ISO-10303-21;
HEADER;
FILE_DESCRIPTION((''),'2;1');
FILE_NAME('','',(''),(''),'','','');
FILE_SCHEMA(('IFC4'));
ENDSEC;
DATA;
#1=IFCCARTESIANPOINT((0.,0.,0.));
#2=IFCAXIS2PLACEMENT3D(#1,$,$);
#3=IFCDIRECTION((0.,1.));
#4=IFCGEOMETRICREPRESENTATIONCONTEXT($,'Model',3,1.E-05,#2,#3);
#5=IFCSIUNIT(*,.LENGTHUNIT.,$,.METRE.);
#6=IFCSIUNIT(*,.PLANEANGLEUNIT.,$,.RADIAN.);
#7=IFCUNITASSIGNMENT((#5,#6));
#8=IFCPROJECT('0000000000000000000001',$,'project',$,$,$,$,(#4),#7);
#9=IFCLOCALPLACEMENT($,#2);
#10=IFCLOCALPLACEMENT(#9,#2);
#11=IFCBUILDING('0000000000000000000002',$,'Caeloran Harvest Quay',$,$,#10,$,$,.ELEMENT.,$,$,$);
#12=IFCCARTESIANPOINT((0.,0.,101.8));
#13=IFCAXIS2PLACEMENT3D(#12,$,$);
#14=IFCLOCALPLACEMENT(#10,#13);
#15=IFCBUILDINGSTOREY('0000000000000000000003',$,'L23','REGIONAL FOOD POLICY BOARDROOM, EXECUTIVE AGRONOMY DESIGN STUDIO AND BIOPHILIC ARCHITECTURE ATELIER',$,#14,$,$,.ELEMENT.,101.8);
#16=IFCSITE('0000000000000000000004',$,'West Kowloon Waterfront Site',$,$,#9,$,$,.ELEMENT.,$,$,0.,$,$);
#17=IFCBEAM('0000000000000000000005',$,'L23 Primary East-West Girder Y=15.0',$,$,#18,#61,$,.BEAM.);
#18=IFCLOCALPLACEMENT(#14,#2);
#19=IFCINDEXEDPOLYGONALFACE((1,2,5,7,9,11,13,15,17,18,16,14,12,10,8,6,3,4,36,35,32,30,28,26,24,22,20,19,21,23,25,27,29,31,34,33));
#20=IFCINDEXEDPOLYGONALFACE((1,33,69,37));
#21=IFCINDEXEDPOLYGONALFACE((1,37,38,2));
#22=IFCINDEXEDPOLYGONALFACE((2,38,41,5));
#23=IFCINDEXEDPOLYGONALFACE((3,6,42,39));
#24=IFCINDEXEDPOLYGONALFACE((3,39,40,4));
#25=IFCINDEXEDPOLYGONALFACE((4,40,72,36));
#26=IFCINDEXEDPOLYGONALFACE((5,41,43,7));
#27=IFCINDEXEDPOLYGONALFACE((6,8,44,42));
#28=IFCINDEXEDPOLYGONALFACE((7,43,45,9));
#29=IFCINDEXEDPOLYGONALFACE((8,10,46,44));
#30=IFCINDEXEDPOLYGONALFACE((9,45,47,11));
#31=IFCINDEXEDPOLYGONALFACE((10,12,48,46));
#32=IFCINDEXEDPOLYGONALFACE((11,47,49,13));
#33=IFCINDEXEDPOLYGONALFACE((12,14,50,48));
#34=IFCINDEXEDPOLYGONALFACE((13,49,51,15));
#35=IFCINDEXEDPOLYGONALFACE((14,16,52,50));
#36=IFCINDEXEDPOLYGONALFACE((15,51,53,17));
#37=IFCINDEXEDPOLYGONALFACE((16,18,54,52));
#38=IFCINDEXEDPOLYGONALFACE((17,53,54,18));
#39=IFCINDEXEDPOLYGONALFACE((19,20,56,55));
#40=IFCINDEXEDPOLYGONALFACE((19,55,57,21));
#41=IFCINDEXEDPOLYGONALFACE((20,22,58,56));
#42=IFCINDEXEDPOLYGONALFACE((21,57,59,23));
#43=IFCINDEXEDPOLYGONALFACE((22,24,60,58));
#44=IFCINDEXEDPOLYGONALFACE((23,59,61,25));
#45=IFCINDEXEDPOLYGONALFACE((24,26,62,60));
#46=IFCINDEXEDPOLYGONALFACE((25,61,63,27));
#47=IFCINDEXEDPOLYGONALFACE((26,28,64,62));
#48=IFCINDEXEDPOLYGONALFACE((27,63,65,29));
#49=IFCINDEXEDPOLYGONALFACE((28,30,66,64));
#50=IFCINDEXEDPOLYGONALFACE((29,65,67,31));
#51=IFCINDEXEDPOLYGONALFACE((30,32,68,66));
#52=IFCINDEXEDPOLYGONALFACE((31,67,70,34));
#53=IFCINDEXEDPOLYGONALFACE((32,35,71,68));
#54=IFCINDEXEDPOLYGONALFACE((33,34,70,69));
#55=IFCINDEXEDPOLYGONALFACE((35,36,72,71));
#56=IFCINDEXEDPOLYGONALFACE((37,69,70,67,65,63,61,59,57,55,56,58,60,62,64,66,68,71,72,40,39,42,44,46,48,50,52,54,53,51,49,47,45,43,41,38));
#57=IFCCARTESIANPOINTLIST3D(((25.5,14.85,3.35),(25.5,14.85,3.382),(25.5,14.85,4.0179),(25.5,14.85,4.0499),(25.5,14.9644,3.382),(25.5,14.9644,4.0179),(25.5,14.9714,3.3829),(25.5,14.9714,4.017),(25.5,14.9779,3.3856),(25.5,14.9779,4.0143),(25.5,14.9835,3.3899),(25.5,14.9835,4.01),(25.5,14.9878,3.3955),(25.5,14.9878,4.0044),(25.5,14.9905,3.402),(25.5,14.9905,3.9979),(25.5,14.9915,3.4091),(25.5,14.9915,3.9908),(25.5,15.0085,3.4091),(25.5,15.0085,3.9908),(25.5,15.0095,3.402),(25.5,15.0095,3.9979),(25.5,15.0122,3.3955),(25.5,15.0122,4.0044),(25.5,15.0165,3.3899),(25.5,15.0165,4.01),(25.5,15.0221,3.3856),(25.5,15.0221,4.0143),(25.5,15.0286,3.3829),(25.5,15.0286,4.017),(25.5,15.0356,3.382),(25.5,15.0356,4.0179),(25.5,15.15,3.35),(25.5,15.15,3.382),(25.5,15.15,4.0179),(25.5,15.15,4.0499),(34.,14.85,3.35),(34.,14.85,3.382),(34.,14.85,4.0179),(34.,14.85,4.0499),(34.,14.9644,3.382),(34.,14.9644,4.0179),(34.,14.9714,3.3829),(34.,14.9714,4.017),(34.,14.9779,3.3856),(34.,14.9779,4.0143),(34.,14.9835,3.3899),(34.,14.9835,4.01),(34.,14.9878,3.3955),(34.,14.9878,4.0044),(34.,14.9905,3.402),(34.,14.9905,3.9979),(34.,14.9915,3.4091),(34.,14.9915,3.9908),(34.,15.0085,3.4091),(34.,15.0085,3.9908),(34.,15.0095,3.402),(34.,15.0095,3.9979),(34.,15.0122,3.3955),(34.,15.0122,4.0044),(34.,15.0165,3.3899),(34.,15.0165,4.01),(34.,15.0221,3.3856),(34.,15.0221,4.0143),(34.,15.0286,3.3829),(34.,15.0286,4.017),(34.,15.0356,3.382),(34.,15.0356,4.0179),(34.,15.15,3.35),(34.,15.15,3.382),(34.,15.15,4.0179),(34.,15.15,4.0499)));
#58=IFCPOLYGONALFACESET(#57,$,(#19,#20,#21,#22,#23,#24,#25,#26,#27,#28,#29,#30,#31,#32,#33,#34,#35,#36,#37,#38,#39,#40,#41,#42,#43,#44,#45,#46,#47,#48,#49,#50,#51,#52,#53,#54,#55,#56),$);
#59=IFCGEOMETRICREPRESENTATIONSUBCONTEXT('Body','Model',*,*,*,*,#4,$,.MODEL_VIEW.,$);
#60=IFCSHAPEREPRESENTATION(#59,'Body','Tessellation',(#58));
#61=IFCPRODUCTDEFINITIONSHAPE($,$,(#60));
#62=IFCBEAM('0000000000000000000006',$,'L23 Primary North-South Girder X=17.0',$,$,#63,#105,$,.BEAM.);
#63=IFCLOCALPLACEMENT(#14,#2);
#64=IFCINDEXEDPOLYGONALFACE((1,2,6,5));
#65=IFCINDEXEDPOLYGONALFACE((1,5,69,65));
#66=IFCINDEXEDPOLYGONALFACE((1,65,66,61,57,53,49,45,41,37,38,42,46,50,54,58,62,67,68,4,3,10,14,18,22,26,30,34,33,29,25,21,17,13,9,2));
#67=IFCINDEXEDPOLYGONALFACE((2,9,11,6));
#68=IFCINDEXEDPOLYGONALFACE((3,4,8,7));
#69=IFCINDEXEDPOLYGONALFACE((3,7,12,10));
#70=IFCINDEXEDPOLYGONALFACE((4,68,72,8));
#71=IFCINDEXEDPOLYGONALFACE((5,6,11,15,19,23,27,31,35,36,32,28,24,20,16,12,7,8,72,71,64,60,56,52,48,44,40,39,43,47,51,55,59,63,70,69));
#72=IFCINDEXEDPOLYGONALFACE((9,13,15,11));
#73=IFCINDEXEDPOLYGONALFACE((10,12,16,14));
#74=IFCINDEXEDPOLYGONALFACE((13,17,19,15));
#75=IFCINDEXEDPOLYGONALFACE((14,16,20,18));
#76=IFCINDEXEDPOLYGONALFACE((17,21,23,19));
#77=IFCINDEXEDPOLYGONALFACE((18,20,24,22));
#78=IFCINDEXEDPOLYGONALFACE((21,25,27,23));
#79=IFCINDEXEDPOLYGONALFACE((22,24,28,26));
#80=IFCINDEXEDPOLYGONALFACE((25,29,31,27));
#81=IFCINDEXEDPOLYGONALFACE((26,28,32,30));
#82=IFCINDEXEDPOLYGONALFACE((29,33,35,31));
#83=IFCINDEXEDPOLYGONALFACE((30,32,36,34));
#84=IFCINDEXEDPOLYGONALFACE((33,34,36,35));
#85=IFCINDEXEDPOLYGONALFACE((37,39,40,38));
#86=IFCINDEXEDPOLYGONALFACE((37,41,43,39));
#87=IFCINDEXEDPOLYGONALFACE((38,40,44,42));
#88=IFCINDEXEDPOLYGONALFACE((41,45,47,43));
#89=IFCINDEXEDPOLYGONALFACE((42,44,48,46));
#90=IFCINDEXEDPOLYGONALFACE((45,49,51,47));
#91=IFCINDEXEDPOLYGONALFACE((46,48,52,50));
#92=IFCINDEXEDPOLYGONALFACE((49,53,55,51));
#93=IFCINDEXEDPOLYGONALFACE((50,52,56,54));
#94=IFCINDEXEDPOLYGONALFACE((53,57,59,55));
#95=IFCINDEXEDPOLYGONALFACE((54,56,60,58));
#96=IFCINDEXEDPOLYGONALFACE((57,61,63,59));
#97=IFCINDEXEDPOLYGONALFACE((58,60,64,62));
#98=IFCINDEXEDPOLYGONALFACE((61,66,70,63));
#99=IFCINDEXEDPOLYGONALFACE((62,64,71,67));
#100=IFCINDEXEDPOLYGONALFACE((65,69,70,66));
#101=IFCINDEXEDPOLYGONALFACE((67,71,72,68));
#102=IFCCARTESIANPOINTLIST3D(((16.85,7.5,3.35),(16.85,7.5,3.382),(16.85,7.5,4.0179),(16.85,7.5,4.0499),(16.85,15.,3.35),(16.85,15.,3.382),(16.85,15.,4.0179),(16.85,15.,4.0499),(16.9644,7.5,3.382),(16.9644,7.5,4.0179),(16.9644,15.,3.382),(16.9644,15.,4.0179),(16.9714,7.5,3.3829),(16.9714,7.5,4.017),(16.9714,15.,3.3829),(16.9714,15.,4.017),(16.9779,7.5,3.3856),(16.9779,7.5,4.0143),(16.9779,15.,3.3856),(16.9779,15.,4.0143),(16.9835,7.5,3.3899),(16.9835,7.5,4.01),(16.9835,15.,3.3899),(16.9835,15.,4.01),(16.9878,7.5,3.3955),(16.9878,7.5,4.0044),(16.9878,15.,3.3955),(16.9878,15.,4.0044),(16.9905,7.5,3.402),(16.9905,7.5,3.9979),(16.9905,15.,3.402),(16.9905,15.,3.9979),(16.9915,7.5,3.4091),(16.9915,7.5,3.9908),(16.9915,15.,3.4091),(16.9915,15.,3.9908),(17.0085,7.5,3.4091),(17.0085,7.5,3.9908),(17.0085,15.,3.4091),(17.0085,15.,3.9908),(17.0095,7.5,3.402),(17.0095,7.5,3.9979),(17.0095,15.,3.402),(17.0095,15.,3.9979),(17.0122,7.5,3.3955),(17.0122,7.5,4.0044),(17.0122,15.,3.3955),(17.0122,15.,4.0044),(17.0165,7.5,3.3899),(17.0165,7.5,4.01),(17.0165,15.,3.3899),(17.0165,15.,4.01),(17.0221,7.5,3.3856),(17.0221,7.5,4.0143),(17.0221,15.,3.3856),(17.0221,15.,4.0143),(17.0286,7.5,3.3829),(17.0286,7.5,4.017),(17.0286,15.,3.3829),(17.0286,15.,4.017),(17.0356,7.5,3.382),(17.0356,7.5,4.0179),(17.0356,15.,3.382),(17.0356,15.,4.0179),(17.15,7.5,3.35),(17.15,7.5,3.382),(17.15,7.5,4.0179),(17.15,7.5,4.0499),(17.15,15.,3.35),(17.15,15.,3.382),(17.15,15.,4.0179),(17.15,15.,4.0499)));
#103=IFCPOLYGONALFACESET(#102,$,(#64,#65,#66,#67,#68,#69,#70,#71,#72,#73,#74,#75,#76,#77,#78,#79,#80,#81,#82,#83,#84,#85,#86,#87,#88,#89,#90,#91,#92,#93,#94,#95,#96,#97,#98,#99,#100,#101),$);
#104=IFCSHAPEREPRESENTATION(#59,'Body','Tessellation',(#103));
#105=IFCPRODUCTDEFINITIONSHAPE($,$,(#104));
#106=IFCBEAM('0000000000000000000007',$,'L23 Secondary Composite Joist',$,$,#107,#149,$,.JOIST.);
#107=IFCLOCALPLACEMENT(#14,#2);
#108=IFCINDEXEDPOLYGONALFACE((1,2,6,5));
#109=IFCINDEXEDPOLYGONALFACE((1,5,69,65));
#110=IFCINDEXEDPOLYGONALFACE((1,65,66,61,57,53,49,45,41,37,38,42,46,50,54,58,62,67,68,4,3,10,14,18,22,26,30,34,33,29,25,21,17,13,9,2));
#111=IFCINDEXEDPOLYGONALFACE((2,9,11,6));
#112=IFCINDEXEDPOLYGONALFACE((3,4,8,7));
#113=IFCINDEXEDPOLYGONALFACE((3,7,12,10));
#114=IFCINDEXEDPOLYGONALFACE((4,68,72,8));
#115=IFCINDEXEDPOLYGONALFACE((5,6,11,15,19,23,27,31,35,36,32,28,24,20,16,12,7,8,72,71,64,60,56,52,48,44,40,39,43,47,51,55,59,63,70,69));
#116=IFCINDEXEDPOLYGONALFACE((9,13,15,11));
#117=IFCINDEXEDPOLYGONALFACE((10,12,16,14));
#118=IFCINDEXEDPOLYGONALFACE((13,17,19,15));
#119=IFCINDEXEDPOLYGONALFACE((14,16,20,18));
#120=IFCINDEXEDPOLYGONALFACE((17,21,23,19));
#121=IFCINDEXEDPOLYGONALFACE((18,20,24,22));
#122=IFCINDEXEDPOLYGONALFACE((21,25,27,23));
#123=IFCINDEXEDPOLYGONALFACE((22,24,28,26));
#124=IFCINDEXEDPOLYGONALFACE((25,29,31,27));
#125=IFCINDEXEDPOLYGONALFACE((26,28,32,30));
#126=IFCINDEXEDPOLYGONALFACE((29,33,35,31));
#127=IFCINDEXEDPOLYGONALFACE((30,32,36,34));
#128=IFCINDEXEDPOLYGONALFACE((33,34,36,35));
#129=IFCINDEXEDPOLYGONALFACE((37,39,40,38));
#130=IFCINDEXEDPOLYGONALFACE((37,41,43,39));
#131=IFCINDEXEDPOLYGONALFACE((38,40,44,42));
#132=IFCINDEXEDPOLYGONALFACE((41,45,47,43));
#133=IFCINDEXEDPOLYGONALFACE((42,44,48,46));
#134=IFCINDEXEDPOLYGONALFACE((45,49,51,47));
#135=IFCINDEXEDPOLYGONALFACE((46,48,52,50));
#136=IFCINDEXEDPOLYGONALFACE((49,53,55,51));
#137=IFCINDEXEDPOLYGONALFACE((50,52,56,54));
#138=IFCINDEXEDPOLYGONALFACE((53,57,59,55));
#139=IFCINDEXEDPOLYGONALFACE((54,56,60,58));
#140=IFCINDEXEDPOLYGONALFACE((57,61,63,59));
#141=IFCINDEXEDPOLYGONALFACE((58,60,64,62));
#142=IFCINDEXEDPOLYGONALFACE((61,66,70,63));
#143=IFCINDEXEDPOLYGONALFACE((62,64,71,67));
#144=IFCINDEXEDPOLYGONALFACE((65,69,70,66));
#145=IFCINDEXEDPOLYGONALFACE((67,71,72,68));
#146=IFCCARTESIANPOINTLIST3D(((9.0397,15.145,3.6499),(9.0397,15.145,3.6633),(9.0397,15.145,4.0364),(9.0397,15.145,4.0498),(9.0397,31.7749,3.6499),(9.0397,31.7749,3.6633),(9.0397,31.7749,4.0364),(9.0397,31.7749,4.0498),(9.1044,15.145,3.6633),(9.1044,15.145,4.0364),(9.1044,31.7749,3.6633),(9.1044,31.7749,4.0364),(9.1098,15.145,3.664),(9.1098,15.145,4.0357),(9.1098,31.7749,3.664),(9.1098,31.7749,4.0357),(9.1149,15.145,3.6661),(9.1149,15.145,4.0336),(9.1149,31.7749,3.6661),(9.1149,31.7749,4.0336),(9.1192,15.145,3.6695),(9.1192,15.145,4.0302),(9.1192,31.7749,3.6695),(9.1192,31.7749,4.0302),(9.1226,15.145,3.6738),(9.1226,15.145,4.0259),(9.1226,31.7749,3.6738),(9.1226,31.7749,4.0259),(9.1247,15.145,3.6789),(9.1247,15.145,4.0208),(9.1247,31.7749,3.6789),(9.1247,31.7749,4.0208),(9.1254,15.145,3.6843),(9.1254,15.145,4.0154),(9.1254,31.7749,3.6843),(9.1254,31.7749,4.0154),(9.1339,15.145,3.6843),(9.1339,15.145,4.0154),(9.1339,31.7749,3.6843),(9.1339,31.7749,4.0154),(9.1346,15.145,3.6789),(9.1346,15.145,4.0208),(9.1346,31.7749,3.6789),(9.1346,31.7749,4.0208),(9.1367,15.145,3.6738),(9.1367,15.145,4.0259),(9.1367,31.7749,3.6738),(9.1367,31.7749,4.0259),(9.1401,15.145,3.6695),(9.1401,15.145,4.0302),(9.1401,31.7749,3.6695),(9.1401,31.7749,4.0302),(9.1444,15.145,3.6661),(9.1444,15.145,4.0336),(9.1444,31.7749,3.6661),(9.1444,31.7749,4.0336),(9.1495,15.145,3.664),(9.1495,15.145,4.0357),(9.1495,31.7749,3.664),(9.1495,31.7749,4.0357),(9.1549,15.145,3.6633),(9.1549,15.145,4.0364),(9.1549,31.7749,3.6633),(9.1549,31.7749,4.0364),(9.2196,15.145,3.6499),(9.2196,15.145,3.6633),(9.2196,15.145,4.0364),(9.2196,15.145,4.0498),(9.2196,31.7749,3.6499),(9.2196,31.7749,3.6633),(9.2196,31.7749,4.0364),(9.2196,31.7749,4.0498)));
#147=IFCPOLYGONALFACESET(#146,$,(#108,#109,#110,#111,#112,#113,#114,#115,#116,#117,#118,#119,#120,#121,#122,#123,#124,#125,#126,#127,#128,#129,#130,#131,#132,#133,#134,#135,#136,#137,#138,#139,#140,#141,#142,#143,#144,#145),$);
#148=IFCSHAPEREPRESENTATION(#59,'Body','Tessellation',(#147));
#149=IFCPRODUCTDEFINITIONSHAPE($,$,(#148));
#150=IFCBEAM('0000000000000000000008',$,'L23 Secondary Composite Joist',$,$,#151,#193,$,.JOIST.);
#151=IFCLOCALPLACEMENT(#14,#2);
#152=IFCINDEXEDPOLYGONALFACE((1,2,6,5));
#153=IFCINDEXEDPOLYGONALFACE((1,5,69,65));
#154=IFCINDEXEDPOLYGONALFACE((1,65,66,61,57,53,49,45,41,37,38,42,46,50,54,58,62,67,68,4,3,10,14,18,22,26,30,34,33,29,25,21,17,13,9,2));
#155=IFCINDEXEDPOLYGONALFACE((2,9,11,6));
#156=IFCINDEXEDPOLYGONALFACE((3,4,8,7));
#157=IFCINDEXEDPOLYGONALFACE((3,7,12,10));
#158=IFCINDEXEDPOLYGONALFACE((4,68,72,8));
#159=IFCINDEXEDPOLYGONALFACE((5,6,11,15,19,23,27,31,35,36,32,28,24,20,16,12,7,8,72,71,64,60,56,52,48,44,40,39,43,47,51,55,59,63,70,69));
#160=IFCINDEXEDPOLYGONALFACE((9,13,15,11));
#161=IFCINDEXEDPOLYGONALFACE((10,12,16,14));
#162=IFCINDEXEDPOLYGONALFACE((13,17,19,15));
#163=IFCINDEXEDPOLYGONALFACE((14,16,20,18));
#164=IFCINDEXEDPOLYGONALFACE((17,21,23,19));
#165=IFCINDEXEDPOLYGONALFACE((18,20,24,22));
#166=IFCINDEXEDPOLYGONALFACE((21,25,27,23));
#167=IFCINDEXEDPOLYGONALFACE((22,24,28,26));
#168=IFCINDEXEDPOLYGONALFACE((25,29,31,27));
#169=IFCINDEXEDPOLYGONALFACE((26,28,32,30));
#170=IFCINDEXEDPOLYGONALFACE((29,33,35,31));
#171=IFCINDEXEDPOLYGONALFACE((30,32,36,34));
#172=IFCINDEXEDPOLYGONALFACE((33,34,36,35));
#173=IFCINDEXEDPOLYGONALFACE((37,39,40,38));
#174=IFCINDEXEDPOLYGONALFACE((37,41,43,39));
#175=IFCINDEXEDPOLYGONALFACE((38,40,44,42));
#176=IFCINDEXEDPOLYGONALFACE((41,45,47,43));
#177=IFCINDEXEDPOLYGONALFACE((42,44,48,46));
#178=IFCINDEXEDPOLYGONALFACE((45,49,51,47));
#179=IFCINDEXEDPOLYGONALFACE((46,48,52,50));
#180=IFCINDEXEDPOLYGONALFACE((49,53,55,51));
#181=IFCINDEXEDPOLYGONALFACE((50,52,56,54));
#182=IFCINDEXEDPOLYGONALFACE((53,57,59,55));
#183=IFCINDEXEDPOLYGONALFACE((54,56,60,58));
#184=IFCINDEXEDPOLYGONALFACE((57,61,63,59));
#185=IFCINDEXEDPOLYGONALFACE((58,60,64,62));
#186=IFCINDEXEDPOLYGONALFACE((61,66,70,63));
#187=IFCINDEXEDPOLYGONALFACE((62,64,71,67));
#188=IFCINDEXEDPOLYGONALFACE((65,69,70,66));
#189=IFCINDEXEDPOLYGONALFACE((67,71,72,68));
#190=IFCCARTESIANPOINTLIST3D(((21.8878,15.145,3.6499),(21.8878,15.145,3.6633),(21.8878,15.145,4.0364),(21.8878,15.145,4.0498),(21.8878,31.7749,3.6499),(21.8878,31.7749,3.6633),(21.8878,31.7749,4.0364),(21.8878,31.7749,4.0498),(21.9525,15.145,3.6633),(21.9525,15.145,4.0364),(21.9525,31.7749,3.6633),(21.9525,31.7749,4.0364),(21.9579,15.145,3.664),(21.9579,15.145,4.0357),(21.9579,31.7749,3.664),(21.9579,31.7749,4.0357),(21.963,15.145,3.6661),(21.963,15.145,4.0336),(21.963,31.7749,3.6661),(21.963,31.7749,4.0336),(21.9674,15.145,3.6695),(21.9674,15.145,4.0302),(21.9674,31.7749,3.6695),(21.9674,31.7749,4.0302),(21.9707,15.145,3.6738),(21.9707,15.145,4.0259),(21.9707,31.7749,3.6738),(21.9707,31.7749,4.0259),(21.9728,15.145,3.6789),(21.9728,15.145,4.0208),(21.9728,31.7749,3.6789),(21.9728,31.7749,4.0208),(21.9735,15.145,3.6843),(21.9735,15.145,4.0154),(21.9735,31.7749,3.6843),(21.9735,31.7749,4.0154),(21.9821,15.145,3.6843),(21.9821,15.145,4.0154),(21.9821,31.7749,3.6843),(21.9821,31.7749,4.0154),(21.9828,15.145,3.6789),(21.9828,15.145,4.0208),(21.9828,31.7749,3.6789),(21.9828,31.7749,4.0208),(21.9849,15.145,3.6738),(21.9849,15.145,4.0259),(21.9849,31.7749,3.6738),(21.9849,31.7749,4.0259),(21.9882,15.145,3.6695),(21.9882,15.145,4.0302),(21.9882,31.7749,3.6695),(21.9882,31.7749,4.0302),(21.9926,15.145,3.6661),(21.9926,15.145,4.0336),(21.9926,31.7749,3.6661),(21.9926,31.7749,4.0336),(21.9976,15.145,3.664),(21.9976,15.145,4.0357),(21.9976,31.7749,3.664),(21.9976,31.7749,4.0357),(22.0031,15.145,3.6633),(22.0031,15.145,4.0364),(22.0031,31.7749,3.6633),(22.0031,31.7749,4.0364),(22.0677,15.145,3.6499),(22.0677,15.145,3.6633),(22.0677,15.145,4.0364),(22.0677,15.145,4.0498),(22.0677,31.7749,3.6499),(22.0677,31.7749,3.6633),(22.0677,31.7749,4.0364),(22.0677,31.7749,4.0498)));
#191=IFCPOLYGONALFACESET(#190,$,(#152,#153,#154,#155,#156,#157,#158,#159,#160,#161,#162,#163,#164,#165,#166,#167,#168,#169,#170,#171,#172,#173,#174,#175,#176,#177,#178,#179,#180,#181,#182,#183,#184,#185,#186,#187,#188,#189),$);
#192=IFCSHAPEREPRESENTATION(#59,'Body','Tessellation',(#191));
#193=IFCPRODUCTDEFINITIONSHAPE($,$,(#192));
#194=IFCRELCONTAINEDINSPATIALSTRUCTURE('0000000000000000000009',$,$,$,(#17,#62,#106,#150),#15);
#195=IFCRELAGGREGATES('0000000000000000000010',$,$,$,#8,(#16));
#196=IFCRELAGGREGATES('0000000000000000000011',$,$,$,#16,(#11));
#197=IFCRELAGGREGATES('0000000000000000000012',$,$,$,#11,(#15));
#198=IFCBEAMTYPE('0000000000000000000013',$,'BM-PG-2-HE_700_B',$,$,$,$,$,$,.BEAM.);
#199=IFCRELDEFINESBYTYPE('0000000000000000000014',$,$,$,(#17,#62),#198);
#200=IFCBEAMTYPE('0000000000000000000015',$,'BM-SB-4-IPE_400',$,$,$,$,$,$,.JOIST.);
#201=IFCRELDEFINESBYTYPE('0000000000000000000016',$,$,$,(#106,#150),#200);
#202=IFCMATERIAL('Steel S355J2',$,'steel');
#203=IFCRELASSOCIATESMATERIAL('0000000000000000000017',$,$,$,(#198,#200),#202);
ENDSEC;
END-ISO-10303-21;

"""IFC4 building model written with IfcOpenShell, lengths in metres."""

from ifc_helpers import new_model, si_unit, direction, frame, origin, origin_2d, place, context, subcontext, project, spatial, i_section, extrude, material, material_profile, profile_set, type_object, element, save


model = new_model("IFC4")

# Units and contexts
model_context = context("Model", 3, precision=1e-05, world=origin(), true_north=direction((0.0, 1.0)))
body_context = subcontext(model_context, "Body", "Model", "MODEL_VIEW")
ifc_project = project(units=[si_unit("LENGTHUNIT", "METRE"), si_unit("PLANEANGLEUNIT", "RADIAN")], contexts=[model_context])

# Site, building, storey
site_placement = place(None, origin())
site = spatial("IfcSite", under=ifc_project, at=site_placement, Name="West Kowloon Waterfront Site", CompositionType="ELEMENT", RefElevation=0.0)
building_placement = place(site_placement, origin())
building = spatial("IfcBuilding", under=site, at=building_placement, Name="Caeloran Harvest Quay", CompositionType="ELEMENT")
storey_placement = place(building_placement, frame((0.0, 0.0, 101.8)))
storey = spatial("IfcBuildingStorey", under=building, at=storey_placement, Name="L23", Description="REGIONAL FOOD POLICY BOARDROOM, EXECUTIVE AGRONOMY DESIGN STUDIO AND BIOPHILIC ARCHITECTURE ATELIER", CompositionType="ELEMENT", Elevation=101.8)

# Beams
ifc_material_1 = material(Name="Steel S355J2", Category="steel")
ifc_material_profile_1 = material_profile(ifc_material_1, i_section(OverallWidth=0.3, OverallDepth=0.7, WebThickness=0.0171, FlangeThickness=0.032, FilletRadius=0.0271, at=origin_2d()), Name="HE 700 B")
ifc_profile_set_1 = profile_set([ifc_material_profile_1], Name="Steel S355J2")
beam_type_1 = type_object("IfcBeamType", Name="BM-PG-2-HE_700_B", PredefinedType="BEAM", material=ifc_profile_set_1)
for number, where, z_axis, x_axis, name in (
    (1, (25.5, 15.0, 3.7), (1.0, 0.0, 0.0), (0.0, 1.0, 0.0), "L23 Primary East-West Girder Y=15.0"),
):
    element("IfcBeam", number, at=place(storey_placement, frame(where, z_axis=z_axis, x_axis=x_axis)), inside=storey, type_object=beam_type_1, Name=name, PredefinedType="BEAM", context=body_context, shape_type="SweptSolid", body=[
        extrude(i_section(OverallWidth=0.3, OverallDepth=0.7, WebThickness=0.0171, FlangeThickness=0.032, FilletRadius=0.0271, at=origin_2d()), origin(), (0.0, 0.0, 1.0), 8.5),
    ])
beam_1_placement = place(storey_placement, frame((17.0, 7.5, 3.7), z_axis=(0.0, 1.0, 0.0), x_axis=(-1.0, 0.0, 0.0)))
element("IfcBeam", 2, at=beam_1_placement, inside=storey, type_object=beam_type_1, Name="L23 Primary North-South Girder X=17.0", PredefinedType="BEAM", context=body_context, shape_type="SweptSolid", body=[
    extrude(i_section(OverallWidth=0.3, OverallDepth=0.7, WebThickness=0.0171, FlangeThickness=0.032, FilletRadius=0.0271, at=origin_2d()), origin(), (0.0, 0.0, 1.0), 7.5),
])
ifc_material_profile_2 = material_profile(ifc_material_1, i_section(OverallWidth=0.1799, OverallDepth=0.3999, WebThickness=0.0085, FlangeThickness=0.0134, FilletRadius=0.021, at=origin_2d()), Name="IPE 400")
ifc_profile_set_2 = profile_set([ifc_material_profile_2], Name="Steel S355J2")
beam_type_2 = type_object("IfcBeamType", Name="BM-SB-4-IPE_400", PredefinedType="JOIST", material=ifc_profile_set_2)
for number, where, z_axis, x_axis, name in (
    (3, (9.1296, 15.145, 3.8499), (0.0, 1.0, 0.0), (-1.0, 0.0, 0.0), "L23 Secondary Composite Joist"),
    (4, (21.9778, 15.145, 3.8499), (0.0, 1.0, 0.0), (-1.0, 0.0, 0.0), "L23 Secondary Composite Joist"),
):
    element("IfcBeam", number, at=place(storey_placement, frame(where, z_axis=z_axis, x_axis=x_axis)), inside=storey, type_object=beam_type_2, Name=name, PredefinedType="JOIST", context=body_context, shape_type="SweptSolid", body=[
        extrude(i_section(OverallWidth=0.1799, OverallDepth=0.3999, WebThickness=0.0085, FlangeThickness=0.0134, FilletRadius=0.021, at=origin_2d()), origin(), (0.0, 0.0, 1.0), 16.6299),
    ])

save(model, "model.ifc")
